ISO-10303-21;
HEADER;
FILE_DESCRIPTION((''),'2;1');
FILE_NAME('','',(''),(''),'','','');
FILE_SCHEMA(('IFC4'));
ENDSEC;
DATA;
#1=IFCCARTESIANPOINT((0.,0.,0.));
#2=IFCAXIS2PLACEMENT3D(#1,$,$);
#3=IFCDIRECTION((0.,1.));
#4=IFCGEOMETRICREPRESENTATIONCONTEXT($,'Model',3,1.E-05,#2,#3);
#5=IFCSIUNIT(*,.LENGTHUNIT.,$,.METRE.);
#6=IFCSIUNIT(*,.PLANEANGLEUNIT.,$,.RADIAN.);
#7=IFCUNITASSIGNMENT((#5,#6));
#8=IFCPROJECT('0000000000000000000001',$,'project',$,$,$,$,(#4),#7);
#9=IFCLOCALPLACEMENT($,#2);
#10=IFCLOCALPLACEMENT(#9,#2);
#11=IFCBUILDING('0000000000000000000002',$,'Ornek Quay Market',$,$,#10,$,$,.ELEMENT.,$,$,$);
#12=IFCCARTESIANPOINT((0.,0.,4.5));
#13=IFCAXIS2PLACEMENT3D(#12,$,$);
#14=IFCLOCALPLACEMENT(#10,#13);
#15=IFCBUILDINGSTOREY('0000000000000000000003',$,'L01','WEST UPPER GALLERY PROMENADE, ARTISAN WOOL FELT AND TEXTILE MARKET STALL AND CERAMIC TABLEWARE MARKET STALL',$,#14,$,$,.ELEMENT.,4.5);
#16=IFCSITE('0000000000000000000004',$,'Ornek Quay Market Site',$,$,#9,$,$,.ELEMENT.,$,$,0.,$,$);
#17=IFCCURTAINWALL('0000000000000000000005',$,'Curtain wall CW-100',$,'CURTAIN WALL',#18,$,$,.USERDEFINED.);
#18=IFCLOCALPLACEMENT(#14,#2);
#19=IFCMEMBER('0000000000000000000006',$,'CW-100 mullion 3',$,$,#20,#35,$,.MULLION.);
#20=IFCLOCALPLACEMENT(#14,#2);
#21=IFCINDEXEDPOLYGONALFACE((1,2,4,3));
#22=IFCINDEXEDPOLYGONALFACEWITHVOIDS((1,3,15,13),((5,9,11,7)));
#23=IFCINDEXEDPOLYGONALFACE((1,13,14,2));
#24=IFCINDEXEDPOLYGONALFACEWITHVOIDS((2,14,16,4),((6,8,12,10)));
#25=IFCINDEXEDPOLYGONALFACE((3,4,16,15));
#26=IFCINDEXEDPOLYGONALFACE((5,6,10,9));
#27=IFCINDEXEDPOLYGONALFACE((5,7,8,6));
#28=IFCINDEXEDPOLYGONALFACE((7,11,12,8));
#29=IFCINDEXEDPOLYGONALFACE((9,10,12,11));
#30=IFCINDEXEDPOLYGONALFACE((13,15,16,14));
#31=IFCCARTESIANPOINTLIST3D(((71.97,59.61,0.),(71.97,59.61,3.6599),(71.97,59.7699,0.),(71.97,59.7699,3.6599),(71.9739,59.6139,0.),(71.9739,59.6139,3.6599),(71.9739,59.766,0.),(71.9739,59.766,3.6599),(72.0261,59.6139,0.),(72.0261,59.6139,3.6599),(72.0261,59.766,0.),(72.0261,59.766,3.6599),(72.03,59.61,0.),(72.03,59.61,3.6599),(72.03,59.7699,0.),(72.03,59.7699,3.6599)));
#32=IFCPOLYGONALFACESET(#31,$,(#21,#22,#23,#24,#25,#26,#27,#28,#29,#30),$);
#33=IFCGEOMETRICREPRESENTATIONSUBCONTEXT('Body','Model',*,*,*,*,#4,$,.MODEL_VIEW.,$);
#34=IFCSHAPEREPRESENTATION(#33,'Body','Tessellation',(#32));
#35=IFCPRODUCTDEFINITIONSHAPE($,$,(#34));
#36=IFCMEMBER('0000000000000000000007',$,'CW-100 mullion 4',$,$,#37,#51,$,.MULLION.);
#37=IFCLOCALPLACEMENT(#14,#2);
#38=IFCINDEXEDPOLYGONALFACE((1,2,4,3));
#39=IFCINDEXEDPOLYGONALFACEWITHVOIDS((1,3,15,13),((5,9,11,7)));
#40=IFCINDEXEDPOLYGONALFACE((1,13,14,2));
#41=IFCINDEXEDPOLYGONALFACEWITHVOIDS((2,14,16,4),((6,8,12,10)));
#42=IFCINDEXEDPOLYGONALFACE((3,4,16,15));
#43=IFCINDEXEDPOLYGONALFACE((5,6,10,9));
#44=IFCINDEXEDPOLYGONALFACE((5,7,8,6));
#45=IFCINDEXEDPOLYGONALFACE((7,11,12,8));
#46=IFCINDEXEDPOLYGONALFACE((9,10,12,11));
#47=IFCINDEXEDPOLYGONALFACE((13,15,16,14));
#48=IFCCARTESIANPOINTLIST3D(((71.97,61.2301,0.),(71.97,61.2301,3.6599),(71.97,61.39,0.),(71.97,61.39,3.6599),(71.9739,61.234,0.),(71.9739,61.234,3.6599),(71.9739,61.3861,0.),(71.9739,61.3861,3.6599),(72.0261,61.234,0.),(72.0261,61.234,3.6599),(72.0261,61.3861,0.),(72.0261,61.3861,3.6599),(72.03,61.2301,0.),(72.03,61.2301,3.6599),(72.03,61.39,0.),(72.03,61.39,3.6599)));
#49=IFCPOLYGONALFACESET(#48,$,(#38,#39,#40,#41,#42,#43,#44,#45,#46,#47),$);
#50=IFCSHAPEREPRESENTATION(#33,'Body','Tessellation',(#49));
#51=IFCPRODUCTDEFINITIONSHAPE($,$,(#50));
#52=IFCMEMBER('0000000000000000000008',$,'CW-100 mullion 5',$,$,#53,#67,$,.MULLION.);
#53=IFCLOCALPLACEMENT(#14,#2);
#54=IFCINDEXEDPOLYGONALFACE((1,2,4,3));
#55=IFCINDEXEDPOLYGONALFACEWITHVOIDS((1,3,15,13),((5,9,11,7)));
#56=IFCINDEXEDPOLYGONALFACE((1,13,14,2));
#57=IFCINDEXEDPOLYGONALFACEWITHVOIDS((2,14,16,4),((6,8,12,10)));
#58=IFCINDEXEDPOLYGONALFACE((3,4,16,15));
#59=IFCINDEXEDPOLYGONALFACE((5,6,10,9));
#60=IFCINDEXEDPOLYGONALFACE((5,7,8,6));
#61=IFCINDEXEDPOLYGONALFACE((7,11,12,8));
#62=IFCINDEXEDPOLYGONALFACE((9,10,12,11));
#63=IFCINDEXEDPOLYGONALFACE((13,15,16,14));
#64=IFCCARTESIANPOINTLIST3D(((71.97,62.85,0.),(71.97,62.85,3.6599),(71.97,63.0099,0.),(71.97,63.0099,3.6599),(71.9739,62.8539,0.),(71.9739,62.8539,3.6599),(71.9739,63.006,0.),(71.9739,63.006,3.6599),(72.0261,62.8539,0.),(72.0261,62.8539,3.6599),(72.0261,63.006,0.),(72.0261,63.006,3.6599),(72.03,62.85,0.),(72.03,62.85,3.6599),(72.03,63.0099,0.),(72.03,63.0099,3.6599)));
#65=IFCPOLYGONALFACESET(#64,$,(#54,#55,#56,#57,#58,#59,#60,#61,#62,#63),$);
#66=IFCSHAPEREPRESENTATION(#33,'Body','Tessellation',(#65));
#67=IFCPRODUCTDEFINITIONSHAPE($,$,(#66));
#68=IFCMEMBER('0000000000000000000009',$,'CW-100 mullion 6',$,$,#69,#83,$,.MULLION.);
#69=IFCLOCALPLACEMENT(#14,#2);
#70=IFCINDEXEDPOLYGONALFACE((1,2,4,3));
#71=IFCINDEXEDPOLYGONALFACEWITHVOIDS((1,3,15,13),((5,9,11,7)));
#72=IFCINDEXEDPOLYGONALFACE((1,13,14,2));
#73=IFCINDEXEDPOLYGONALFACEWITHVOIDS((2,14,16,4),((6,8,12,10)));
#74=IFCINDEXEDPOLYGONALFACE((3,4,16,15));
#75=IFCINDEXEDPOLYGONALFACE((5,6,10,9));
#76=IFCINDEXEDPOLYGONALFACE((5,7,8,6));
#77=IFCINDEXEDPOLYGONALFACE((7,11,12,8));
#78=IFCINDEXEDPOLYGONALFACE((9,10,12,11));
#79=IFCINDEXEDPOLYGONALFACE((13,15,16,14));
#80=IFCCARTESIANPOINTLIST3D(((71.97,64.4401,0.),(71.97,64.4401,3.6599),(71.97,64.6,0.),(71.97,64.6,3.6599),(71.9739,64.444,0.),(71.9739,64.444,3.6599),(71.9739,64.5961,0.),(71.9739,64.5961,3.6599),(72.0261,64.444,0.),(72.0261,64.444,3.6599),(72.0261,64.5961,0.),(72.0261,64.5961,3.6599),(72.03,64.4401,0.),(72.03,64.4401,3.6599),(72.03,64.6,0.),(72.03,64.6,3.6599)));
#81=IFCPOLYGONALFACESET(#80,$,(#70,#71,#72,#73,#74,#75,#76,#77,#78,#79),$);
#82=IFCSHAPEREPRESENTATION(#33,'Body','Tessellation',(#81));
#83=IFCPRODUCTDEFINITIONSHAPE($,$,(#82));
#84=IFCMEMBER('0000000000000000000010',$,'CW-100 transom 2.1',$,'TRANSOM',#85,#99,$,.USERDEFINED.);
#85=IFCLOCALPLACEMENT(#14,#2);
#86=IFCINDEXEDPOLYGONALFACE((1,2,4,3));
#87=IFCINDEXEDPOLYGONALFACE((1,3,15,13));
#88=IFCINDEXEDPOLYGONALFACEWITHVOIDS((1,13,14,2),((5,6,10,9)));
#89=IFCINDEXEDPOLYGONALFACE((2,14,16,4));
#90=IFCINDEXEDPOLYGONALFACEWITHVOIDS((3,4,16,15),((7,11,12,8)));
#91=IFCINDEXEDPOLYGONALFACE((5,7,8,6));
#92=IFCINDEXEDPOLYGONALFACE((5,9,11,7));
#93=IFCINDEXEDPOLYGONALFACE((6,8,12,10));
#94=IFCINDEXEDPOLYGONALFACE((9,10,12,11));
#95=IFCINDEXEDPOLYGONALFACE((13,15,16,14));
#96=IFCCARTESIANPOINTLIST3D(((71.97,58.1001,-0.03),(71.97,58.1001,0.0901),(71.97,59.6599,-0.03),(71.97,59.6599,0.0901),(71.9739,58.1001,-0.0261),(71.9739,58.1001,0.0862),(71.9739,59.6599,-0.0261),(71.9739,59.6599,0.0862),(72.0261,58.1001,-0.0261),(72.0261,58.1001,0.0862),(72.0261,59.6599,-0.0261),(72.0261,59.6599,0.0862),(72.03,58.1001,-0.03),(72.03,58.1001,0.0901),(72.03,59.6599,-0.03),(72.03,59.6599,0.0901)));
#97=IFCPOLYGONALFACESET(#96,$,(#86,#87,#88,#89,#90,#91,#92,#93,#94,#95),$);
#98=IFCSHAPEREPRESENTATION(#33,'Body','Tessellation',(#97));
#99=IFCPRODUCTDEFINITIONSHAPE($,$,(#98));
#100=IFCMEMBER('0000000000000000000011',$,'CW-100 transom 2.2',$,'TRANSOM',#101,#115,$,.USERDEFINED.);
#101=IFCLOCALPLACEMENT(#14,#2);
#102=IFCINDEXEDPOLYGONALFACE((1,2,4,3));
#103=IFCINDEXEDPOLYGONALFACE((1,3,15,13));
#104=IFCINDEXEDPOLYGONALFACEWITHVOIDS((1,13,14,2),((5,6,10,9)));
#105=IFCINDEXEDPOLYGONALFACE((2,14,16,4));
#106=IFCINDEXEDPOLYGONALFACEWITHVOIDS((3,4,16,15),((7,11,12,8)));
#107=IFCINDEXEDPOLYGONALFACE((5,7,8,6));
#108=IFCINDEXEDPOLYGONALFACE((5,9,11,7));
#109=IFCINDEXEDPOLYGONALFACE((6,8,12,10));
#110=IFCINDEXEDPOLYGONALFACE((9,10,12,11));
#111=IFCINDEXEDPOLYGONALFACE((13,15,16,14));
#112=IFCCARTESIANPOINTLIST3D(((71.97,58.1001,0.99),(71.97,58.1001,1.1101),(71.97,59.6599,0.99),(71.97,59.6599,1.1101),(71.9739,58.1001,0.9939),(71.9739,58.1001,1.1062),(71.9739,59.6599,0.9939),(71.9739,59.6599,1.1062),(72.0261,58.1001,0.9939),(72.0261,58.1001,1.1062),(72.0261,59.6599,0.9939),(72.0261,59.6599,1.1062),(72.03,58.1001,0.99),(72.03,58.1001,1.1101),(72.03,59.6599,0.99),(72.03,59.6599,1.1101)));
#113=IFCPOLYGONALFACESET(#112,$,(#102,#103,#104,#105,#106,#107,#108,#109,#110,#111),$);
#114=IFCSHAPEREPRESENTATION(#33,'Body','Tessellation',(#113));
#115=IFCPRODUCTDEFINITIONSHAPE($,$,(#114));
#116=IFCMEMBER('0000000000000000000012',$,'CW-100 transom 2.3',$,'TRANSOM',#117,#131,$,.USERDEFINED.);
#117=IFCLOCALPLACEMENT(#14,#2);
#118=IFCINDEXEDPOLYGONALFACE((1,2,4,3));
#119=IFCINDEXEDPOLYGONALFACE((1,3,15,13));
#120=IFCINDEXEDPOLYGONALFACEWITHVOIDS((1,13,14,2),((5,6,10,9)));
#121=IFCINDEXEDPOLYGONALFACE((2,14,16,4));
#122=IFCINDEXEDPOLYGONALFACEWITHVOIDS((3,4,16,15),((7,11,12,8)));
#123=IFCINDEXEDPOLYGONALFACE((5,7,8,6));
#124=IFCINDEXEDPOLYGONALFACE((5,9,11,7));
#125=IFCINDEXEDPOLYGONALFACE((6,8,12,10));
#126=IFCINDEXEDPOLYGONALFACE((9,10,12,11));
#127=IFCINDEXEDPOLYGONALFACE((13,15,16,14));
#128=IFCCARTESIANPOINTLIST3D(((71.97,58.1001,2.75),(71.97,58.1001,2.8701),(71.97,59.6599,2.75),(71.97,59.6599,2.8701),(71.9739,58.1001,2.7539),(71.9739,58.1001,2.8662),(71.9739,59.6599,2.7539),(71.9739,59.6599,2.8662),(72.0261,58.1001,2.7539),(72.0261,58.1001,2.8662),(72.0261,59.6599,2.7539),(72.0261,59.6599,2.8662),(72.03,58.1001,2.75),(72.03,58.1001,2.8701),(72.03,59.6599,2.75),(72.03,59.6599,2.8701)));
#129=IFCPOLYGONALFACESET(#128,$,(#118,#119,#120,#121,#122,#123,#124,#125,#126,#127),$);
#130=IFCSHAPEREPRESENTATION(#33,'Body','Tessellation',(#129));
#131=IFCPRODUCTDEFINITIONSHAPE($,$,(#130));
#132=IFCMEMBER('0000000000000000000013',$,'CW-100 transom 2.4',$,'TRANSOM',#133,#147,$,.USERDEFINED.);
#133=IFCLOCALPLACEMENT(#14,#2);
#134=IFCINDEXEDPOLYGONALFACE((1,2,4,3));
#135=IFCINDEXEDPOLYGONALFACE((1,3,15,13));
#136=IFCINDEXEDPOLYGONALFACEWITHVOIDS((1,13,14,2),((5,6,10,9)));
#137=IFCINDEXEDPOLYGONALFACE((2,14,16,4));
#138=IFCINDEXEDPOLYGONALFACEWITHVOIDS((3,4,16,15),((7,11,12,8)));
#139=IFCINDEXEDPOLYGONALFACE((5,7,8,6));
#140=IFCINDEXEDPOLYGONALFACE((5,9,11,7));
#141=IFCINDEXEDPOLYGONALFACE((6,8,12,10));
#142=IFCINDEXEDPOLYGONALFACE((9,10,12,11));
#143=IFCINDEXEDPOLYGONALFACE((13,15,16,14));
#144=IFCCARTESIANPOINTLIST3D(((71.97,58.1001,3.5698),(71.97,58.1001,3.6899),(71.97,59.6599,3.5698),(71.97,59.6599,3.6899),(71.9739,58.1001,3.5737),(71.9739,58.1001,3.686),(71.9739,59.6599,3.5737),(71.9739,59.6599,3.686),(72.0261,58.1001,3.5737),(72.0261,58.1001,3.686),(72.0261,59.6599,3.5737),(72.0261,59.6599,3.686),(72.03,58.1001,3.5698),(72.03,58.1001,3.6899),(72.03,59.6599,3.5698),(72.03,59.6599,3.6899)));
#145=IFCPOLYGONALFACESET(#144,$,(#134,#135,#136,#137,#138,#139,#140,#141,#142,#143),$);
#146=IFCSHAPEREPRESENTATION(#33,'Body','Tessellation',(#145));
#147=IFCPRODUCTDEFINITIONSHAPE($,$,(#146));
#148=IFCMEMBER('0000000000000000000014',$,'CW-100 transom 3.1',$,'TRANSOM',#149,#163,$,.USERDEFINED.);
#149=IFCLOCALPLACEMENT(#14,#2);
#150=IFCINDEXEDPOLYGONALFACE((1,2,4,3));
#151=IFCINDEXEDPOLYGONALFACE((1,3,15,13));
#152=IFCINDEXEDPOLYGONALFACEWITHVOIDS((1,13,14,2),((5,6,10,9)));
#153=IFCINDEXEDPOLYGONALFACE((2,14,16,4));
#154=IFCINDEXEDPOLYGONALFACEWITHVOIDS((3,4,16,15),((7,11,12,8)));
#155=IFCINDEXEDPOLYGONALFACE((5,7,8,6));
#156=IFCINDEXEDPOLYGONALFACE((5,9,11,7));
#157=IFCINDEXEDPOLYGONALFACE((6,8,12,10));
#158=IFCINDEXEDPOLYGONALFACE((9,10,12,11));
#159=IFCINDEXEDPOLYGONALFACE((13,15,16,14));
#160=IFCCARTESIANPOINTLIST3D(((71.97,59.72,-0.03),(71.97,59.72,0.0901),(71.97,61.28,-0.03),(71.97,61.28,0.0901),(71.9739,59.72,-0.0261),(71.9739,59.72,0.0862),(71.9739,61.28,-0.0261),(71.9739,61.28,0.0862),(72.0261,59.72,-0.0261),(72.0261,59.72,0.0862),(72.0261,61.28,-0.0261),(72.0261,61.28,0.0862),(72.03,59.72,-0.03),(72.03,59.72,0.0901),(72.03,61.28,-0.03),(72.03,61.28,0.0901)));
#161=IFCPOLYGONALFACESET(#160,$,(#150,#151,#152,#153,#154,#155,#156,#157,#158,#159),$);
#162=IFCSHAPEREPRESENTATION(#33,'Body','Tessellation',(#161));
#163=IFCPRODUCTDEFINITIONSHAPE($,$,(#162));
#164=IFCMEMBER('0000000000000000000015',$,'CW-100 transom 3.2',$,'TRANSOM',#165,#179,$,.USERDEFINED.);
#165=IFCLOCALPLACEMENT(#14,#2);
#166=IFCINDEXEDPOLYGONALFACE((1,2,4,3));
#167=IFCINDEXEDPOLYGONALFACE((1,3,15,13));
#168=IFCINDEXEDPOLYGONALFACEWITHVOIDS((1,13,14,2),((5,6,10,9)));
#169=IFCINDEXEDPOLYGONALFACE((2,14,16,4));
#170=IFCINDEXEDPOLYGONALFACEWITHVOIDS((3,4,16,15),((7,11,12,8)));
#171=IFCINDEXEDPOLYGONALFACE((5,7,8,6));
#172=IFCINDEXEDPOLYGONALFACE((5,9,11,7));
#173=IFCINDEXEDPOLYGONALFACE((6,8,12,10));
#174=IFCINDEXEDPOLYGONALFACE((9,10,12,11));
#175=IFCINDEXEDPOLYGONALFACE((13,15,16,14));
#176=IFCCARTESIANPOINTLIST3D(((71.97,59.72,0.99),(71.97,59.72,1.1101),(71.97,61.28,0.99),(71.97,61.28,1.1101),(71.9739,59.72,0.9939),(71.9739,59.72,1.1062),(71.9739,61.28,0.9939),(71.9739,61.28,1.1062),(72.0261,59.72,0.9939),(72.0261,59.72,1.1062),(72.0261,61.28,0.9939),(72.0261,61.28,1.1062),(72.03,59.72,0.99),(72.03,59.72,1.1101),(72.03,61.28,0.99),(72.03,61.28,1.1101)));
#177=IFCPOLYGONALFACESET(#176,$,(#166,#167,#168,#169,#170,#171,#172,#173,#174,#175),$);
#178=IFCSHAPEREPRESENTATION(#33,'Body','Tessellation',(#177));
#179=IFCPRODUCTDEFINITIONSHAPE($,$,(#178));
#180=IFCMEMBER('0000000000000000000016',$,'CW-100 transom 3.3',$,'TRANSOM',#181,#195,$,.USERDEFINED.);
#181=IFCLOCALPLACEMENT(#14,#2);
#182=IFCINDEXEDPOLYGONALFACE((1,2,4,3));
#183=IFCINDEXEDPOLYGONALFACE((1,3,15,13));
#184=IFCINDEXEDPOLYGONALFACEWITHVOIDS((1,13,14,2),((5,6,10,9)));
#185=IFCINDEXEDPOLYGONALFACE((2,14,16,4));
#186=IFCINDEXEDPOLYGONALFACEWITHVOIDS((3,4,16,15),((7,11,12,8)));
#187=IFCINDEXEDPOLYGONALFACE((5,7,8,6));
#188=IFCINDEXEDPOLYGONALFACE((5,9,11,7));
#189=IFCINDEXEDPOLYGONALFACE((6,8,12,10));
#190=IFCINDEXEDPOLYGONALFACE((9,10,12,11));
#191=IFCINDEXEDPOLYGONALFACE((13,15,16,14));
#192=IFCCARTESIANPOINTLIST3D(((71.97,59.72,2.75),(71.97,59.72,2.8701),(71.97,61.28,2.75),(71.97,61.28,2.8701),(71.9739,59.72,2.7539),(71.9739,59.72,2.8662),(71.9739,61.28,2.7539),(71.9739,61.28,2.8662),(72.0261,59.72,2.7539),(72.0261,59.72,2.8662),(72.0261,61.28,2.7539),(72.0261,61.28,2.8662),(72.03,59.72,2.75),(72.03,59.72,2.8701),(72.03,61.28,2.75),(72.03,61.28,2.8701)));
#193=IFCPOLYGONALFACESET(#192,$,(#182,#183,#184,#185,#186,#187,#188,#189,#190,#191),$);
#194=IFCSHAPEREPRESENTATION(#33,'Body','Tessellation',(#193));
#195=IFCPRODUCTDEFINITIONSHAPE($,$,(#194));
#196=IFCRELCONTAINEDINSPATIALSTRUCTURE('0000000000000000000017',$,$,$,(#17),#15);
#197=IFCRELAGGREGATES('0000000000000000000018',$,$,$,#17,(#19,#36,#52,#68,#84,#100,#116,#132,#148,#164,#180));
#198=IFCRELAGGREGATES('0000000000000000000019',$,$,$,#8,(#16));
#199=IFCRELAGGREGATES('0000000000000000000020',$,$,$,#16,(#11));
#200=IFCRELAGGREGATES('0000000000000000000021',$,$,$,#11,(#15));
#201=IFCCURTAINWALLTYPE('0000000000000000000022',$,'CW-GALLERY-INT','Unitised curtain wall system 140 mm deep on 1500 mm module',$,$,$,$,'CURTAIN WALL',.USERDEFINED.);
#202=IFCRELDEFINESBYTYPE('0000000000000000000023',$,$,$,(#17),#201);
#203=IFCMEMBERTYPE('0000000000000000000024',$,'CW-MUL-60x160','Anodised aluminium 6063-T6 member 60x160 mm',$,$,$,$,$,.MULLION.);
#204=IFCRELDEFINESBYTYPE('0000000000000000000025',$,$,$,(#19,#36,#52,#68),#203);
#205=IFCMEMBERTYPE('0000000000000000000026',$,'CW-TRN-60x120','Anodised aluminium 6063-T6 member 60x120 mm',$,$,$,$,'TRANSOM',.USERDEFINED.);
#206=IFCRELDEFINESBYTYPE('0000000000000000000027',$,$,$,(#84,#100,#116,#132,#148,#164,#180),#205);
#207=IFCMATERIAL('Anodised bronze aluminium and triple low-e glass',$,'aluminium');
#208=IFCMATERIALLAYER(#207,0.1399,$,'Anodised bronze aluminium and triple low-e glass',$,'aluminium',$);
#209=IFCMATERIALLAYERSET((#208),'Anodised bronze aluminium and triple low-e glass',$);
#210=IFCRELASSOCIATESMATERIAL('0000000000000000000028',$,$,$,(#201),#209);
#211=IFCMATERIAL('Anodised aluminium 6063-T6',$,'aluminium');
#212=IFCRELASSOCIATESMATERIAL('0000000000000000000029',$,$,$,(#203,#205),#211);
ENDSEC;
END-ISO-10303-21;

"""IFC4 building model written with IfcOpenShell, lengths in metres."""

from ifc_helpers import new_model, si_unit, direction, frame, origin, origin_2d, place, context, subcontext, project, spatial, hollow_rectangle, extrude, material, layer, layer_set, material_profile, profile_set, type_object, element, aggregate, save


model = new_model("IFC4")

# Units and contexts
model_context = context("Model", 3, precision=1e-05, world=origin(), true_north=direction((0.0, 1.0)))
body_context = subcontext(model_context, "Body", "Model", "MODEL_VIEW")
ifc_project = project(units=[si_unit("LENGTHUNIT", "METRE"), si_unit("PLANEANGLEUNIT", "RADIAN")], contexts=[model_context])

# Site, building, storey
site_placement = place(None, origin())
site = spatial("IfcSite", under=ifc_project, at=site_placement, Name="Ornek Quay Market Site", CompositionType="ELEMENT", RefElevation=0.0)
building_placement = place(site_placement, origin())
building = spatial("IfcBuilding", under=site, at=building_placement, Name="Ornek Quay Market", CompositionType="ELEMENT")
storey_placement = place(building_placement, frame((0.0, 0.0, 4.5)))
storey = spatial("IfcBuildingStorey", under=building, at=storey_placement, Name="L01", Description="WEST UPPER GALLERY PROMENADE, ARTISAN WOOL FELT AND TEXTILE MARKET STALL AND CERAMIC TABLEWARE MARKET STALL", CompositionType="ELEMENT", Elevation=4.5)

# Curtain wall, members
ifc_material_1 = material(Name="Anodised bronze aluminium and triple low-e glass", Category="aluminium")
ifc_layer_1 = layer(ifc_material_1, 0.1399, Name="Anodised bronze aluminium and triple low-e glass", Category="aluminium")
ifc_layer_set_1 = layer_set([ifc_layer_1], Name="Anodised bronze aluminium and triple low-e glass")
curtain_wall_type = type_object("IfcCurtainWallType", Name="CW-GALLERY-INT", Description="Unitised curtain wall system 140 mm deep on 1500 mm module", ElementType="CURTAIN WALL", PredefinedType="USERDEFINED", material=ifc_layer_set_1)
curtain_wall_placement = place(storey_placement, origin())
curtain_wall = element("IfcCurtainWall", 1, at=curtain_wall_placement, inside=storey, type_object=curtain_wall_type, Name="Curtain wall CW-100", ObjectType="CURTAIN WALL", PredefinedType="USERDEFINED")
ifc_material_2 = material(Name="Anodised aluminium 6063-T6", Category="aluminium")
ifc_material_profile_1 = material_profile(ifc_material_2, hollow_rectangle(XDim=0.0601, YDim=0.1599, WallThickness=0.0039, at=origin_2d()), Name="CW-MUL-60x160", Category="aluminium")
ifc_profile_set_1 = profile_set([ifc_material_profile_1], Name="Anodised aluminium 6063-T6")
member_type_1 = type_object("IfcMemberType", Name="CW-MUL-60x160", Description="Anodised aluminium 6063-T6 member 60x160 mm", PredefinedType="MULLION", material=ifc_profile_set_1)
member_1_placement = place(storey_placement, frame((72.0, 59.6899, 0.0), z_axis=(0.0, 0.0, 1.0), x_axis=(-1.0, 0.0, 0.0)))
member_1 = element("IfcMember", 2, at=member_1_placement, type_object=member_type_1, Name="CW-100 mullion 3", PredefinedType="MULLION", context=body_context, shape_type="SweptSolid", body=[
    extrude(hollow_rectangle(XDim=0.0601, YDim=0.1599, WallThickness=0.0039, at=origin_2d()), origin(), (0.0, 0.0, 1.0), 3.6599),
])
member_2_placement = place(storey_placement, frame((72.0, 61.3101, 0.0), z_axis=(0.0, 0.0, 1.0), x_axis=(-1.0, 0.0, 0.0)))
member_2 = element("IfcMember", 3, at=member_2_placement, type_object=member_type_1, Name="CW-100 mullion 4", PredefinedType="MULLION", context=body_context, shape_type="SweptSolid", body=[
    extrude(hollow_rectangle(XDim=0.0601, YDim=0.1599, WallThickness=0.0039, at=origin_2d()), origin(), (0.0, 0.0, 1.0), 3.6599),
])
member_3_placement = place(storey_placement, frame((72.0, 62.9299, 0.0), z_axis=(0.0, 0.0, 1.0), x_axis=(-1.0, 0.0, 0.0)))
member_3 = element("IfcMember", 4, at=member_3_placement, type_object=member_type_1, Name="CW-100 mullion 5", PredefinedType="MULLION", context=body_context, shape_type="SweptSolid", body=[
    extrude(hollow_rectangle(XDim=0.0601, YDim=0.1599, WallThickness=0.0039, at=origin_2d()), origin(), (0.0, 0.0, 1.0), 3.6599),
])
member_4_placement = place(storey_placement, frame((72.0, 64.52, 0.0), z_axis=(0.0, 0.0, 1.0), x_axis=(-1.0, 0.0, 0.0)))
member_4 = element("IfcMember", 5, at=member_4_placement, type_object=member_type_1, Name="CW-100 mullion 6", PredefinedType="MULLION", context=body_context, shape_type="SweptSolid", body=[
    extrude(hollow_rectangle(XDim=0.0601, YDim=0.1599, WallThickness=0.0039, at=origin_2d()), origin(), (0.0, 0.0, 1.0), 3.6599),
])
ifc_material_profile_2 = material_profile(ifc_material_2, hollow_rectangle(XDim=0.0601, YDim=0.1201, WallThickness=0.0039, at=origin_2d()), Name="CW-TRN-60x120", Category="aluminium")
ifc_profile_set_2 = profile_set([ifc_material_profile_2], Name="Anodised aluminium 6063-T6")
member_type_2 = type_object("IfcMemberType", Name="CW-TRN-60x120", Description="Anodised aluminium 6063-T6 member 60x120 mm", ElementType="TRANSOM", PredefinedType="USERDEFINED", material=ifc_profile_set_2)
member_5_placement = place(storey_placement, frame((72.0, 58.1001, 0.03), z_axis=(0.0, 1.0, 0.0), x_axis=(-1.0, 0.0, 0.0)))
member_5 = element("IfcMember", 6, at=member_5_placement, type_object=member_type_2, Name="CW-100 transom 2.1", ObjectType="TRANSOM", PredefinedType="USERDEFINED", context=body_context, shape_type="SweptSolid", body=[
    extrude(hollow_rectangle(XDim=0.0601, YDim=0.1201, WallThickness=0.0039, at=origin_2d()), origin(), (0.0, 0.0, 1.0), 1.5598),
])
member_6_placement = place(storey_placement, frame((72.0, 58.1001, 1.05), z_axis=(0.0, 1.0, 0.0), x_axis=(-1.0, 0.0, 0.0)))
member_6 = element("IfcMember", 7, at=member_6_placement, type_object=member_type_2, Name="CW-100 transom 2.2", ObjectType="TRANSOM", PredefinedType="USERDEFINED", context=body_context, shape_type="SweptSolid", body=[
    extrude(hollow_rectangle(XDim=0.0601, YDim=0.1201, WallThickness=0.0039, at=origin_2d()), origin(), (0.0, 0.0, 1.0), 1.5598),
])
member_7_placement = place(storey_placement, frame((72.0, 58.1001, 2.8101), z_axis=(0.0, 1.0, 0.0), x_axis=(-1.0, 0.0, 0.0)))
member_7 = element("IfcMember", 8, at=member_7_placement, type_object=member_type_2, Name="CW-100 transom 2.3", ObjectType="TRANSOM", PredefinedType="USERDEFINED", context=body_context, shape_type="SweptSolid", body=[
    extrude(hollow_rectangle(XDim=0.0601, YDim=0.1201, WallThickness=0.0039, at=origin_2d()), origin(), (0.0, 0.0, 1.0), 1.5598),
])
member_8_placement = place(storey_placement, frame((72.0, 58.1001, 3.6299), z_axis=(0.0, 1.0, 0.0), x_axis=(-1.0, 0.0, 0.0)))
member_8 = element("IfcMember", 9, at=member_8_placement, type_object=member_type_2, Name="CW-100 transom 2.4", ObjectType="TRANSOM", PredefinedType="USERDEFINED", context=body_context, shape_type="SweptSolid", body=[
    extrude(hollow_rectangle(XDim=0.0601, YDim=0.1201, WallThickness=0.0039, at=origin_2d()), origin(), (0.0, 0.0, 1.0), 1.5598),
])
member_9_placement = place(storey_placement, frame((72.0, 59.72, 0.03), z_axis=(0.0, 1.0, 0.0), x_axis=(-1.0, 0.0, 0.0)))
member_9 = element("IfcMember", 10, at=member_9_placement, type_object=member_type_2, Name="CW-100 transom 3.1", ObjectType="TRANSOM", PredefinedType="USERDEFINED", context=body_context, shape_type="SweptSolid", body=[
    extrude(hollow_rectangle(XDim=0.0601, YDim=0.1201, WallThickness=0.0039, at=origin_2d()), origin(), (0.0, 0.0, 1.0), 1.5601),
])
member_10_placement = place(storey_placement, frame((72.0, 59.72, 1.05), z_axis=(0.0, 1.0, 0.0), x_axis=(-1.0, 0.0, 0.0)))
member_10 = element("IfcMember", 11, at=member_10_placement, type_object=member_type_2, Name="CW-100 transom 3.2", ObjectType="TRANSOM", PredefinedType="USERDEFINED", context=body_context, shape_type="SweptSolid", body=[
    extrude(hollow_rectangle(XDim=0.0601, YDim=0.1201, WallThickness=0.0039, at=origin_2d()), origin(), (0.0, 0.0, 1.0), 1.5601),
])
member_11_placement = place(storey_placement, frame((72.0, 59.72, 2.8101), z_axis=(0.0, 1.0, 0.0), x_axis=(-1.0, 0.0, 0.0)))
member_11 = element("IfcMember", 12, at=member_11_placement, type_object=member_type_2, Name="CW-100 transom 3.3", ObjectType="TRANSOM", PredefinedType="USERDEFINED", context=body_context, shape_type="SweptSolid", body=[
    extrude(hollow_rectangle(XDim=0.0601, YDim=0.1201, WallThickness=0.0039, at=origin_2d()), origin(), (0.0, 0.0, 1.0), 1.5601),
])
aggregate(curtain_wall, [member_1, member_2, member_3, member_4, member_5, member_6, member_7, member_8, member_9, member_10, member_11])

save(model, "model.ifc")
